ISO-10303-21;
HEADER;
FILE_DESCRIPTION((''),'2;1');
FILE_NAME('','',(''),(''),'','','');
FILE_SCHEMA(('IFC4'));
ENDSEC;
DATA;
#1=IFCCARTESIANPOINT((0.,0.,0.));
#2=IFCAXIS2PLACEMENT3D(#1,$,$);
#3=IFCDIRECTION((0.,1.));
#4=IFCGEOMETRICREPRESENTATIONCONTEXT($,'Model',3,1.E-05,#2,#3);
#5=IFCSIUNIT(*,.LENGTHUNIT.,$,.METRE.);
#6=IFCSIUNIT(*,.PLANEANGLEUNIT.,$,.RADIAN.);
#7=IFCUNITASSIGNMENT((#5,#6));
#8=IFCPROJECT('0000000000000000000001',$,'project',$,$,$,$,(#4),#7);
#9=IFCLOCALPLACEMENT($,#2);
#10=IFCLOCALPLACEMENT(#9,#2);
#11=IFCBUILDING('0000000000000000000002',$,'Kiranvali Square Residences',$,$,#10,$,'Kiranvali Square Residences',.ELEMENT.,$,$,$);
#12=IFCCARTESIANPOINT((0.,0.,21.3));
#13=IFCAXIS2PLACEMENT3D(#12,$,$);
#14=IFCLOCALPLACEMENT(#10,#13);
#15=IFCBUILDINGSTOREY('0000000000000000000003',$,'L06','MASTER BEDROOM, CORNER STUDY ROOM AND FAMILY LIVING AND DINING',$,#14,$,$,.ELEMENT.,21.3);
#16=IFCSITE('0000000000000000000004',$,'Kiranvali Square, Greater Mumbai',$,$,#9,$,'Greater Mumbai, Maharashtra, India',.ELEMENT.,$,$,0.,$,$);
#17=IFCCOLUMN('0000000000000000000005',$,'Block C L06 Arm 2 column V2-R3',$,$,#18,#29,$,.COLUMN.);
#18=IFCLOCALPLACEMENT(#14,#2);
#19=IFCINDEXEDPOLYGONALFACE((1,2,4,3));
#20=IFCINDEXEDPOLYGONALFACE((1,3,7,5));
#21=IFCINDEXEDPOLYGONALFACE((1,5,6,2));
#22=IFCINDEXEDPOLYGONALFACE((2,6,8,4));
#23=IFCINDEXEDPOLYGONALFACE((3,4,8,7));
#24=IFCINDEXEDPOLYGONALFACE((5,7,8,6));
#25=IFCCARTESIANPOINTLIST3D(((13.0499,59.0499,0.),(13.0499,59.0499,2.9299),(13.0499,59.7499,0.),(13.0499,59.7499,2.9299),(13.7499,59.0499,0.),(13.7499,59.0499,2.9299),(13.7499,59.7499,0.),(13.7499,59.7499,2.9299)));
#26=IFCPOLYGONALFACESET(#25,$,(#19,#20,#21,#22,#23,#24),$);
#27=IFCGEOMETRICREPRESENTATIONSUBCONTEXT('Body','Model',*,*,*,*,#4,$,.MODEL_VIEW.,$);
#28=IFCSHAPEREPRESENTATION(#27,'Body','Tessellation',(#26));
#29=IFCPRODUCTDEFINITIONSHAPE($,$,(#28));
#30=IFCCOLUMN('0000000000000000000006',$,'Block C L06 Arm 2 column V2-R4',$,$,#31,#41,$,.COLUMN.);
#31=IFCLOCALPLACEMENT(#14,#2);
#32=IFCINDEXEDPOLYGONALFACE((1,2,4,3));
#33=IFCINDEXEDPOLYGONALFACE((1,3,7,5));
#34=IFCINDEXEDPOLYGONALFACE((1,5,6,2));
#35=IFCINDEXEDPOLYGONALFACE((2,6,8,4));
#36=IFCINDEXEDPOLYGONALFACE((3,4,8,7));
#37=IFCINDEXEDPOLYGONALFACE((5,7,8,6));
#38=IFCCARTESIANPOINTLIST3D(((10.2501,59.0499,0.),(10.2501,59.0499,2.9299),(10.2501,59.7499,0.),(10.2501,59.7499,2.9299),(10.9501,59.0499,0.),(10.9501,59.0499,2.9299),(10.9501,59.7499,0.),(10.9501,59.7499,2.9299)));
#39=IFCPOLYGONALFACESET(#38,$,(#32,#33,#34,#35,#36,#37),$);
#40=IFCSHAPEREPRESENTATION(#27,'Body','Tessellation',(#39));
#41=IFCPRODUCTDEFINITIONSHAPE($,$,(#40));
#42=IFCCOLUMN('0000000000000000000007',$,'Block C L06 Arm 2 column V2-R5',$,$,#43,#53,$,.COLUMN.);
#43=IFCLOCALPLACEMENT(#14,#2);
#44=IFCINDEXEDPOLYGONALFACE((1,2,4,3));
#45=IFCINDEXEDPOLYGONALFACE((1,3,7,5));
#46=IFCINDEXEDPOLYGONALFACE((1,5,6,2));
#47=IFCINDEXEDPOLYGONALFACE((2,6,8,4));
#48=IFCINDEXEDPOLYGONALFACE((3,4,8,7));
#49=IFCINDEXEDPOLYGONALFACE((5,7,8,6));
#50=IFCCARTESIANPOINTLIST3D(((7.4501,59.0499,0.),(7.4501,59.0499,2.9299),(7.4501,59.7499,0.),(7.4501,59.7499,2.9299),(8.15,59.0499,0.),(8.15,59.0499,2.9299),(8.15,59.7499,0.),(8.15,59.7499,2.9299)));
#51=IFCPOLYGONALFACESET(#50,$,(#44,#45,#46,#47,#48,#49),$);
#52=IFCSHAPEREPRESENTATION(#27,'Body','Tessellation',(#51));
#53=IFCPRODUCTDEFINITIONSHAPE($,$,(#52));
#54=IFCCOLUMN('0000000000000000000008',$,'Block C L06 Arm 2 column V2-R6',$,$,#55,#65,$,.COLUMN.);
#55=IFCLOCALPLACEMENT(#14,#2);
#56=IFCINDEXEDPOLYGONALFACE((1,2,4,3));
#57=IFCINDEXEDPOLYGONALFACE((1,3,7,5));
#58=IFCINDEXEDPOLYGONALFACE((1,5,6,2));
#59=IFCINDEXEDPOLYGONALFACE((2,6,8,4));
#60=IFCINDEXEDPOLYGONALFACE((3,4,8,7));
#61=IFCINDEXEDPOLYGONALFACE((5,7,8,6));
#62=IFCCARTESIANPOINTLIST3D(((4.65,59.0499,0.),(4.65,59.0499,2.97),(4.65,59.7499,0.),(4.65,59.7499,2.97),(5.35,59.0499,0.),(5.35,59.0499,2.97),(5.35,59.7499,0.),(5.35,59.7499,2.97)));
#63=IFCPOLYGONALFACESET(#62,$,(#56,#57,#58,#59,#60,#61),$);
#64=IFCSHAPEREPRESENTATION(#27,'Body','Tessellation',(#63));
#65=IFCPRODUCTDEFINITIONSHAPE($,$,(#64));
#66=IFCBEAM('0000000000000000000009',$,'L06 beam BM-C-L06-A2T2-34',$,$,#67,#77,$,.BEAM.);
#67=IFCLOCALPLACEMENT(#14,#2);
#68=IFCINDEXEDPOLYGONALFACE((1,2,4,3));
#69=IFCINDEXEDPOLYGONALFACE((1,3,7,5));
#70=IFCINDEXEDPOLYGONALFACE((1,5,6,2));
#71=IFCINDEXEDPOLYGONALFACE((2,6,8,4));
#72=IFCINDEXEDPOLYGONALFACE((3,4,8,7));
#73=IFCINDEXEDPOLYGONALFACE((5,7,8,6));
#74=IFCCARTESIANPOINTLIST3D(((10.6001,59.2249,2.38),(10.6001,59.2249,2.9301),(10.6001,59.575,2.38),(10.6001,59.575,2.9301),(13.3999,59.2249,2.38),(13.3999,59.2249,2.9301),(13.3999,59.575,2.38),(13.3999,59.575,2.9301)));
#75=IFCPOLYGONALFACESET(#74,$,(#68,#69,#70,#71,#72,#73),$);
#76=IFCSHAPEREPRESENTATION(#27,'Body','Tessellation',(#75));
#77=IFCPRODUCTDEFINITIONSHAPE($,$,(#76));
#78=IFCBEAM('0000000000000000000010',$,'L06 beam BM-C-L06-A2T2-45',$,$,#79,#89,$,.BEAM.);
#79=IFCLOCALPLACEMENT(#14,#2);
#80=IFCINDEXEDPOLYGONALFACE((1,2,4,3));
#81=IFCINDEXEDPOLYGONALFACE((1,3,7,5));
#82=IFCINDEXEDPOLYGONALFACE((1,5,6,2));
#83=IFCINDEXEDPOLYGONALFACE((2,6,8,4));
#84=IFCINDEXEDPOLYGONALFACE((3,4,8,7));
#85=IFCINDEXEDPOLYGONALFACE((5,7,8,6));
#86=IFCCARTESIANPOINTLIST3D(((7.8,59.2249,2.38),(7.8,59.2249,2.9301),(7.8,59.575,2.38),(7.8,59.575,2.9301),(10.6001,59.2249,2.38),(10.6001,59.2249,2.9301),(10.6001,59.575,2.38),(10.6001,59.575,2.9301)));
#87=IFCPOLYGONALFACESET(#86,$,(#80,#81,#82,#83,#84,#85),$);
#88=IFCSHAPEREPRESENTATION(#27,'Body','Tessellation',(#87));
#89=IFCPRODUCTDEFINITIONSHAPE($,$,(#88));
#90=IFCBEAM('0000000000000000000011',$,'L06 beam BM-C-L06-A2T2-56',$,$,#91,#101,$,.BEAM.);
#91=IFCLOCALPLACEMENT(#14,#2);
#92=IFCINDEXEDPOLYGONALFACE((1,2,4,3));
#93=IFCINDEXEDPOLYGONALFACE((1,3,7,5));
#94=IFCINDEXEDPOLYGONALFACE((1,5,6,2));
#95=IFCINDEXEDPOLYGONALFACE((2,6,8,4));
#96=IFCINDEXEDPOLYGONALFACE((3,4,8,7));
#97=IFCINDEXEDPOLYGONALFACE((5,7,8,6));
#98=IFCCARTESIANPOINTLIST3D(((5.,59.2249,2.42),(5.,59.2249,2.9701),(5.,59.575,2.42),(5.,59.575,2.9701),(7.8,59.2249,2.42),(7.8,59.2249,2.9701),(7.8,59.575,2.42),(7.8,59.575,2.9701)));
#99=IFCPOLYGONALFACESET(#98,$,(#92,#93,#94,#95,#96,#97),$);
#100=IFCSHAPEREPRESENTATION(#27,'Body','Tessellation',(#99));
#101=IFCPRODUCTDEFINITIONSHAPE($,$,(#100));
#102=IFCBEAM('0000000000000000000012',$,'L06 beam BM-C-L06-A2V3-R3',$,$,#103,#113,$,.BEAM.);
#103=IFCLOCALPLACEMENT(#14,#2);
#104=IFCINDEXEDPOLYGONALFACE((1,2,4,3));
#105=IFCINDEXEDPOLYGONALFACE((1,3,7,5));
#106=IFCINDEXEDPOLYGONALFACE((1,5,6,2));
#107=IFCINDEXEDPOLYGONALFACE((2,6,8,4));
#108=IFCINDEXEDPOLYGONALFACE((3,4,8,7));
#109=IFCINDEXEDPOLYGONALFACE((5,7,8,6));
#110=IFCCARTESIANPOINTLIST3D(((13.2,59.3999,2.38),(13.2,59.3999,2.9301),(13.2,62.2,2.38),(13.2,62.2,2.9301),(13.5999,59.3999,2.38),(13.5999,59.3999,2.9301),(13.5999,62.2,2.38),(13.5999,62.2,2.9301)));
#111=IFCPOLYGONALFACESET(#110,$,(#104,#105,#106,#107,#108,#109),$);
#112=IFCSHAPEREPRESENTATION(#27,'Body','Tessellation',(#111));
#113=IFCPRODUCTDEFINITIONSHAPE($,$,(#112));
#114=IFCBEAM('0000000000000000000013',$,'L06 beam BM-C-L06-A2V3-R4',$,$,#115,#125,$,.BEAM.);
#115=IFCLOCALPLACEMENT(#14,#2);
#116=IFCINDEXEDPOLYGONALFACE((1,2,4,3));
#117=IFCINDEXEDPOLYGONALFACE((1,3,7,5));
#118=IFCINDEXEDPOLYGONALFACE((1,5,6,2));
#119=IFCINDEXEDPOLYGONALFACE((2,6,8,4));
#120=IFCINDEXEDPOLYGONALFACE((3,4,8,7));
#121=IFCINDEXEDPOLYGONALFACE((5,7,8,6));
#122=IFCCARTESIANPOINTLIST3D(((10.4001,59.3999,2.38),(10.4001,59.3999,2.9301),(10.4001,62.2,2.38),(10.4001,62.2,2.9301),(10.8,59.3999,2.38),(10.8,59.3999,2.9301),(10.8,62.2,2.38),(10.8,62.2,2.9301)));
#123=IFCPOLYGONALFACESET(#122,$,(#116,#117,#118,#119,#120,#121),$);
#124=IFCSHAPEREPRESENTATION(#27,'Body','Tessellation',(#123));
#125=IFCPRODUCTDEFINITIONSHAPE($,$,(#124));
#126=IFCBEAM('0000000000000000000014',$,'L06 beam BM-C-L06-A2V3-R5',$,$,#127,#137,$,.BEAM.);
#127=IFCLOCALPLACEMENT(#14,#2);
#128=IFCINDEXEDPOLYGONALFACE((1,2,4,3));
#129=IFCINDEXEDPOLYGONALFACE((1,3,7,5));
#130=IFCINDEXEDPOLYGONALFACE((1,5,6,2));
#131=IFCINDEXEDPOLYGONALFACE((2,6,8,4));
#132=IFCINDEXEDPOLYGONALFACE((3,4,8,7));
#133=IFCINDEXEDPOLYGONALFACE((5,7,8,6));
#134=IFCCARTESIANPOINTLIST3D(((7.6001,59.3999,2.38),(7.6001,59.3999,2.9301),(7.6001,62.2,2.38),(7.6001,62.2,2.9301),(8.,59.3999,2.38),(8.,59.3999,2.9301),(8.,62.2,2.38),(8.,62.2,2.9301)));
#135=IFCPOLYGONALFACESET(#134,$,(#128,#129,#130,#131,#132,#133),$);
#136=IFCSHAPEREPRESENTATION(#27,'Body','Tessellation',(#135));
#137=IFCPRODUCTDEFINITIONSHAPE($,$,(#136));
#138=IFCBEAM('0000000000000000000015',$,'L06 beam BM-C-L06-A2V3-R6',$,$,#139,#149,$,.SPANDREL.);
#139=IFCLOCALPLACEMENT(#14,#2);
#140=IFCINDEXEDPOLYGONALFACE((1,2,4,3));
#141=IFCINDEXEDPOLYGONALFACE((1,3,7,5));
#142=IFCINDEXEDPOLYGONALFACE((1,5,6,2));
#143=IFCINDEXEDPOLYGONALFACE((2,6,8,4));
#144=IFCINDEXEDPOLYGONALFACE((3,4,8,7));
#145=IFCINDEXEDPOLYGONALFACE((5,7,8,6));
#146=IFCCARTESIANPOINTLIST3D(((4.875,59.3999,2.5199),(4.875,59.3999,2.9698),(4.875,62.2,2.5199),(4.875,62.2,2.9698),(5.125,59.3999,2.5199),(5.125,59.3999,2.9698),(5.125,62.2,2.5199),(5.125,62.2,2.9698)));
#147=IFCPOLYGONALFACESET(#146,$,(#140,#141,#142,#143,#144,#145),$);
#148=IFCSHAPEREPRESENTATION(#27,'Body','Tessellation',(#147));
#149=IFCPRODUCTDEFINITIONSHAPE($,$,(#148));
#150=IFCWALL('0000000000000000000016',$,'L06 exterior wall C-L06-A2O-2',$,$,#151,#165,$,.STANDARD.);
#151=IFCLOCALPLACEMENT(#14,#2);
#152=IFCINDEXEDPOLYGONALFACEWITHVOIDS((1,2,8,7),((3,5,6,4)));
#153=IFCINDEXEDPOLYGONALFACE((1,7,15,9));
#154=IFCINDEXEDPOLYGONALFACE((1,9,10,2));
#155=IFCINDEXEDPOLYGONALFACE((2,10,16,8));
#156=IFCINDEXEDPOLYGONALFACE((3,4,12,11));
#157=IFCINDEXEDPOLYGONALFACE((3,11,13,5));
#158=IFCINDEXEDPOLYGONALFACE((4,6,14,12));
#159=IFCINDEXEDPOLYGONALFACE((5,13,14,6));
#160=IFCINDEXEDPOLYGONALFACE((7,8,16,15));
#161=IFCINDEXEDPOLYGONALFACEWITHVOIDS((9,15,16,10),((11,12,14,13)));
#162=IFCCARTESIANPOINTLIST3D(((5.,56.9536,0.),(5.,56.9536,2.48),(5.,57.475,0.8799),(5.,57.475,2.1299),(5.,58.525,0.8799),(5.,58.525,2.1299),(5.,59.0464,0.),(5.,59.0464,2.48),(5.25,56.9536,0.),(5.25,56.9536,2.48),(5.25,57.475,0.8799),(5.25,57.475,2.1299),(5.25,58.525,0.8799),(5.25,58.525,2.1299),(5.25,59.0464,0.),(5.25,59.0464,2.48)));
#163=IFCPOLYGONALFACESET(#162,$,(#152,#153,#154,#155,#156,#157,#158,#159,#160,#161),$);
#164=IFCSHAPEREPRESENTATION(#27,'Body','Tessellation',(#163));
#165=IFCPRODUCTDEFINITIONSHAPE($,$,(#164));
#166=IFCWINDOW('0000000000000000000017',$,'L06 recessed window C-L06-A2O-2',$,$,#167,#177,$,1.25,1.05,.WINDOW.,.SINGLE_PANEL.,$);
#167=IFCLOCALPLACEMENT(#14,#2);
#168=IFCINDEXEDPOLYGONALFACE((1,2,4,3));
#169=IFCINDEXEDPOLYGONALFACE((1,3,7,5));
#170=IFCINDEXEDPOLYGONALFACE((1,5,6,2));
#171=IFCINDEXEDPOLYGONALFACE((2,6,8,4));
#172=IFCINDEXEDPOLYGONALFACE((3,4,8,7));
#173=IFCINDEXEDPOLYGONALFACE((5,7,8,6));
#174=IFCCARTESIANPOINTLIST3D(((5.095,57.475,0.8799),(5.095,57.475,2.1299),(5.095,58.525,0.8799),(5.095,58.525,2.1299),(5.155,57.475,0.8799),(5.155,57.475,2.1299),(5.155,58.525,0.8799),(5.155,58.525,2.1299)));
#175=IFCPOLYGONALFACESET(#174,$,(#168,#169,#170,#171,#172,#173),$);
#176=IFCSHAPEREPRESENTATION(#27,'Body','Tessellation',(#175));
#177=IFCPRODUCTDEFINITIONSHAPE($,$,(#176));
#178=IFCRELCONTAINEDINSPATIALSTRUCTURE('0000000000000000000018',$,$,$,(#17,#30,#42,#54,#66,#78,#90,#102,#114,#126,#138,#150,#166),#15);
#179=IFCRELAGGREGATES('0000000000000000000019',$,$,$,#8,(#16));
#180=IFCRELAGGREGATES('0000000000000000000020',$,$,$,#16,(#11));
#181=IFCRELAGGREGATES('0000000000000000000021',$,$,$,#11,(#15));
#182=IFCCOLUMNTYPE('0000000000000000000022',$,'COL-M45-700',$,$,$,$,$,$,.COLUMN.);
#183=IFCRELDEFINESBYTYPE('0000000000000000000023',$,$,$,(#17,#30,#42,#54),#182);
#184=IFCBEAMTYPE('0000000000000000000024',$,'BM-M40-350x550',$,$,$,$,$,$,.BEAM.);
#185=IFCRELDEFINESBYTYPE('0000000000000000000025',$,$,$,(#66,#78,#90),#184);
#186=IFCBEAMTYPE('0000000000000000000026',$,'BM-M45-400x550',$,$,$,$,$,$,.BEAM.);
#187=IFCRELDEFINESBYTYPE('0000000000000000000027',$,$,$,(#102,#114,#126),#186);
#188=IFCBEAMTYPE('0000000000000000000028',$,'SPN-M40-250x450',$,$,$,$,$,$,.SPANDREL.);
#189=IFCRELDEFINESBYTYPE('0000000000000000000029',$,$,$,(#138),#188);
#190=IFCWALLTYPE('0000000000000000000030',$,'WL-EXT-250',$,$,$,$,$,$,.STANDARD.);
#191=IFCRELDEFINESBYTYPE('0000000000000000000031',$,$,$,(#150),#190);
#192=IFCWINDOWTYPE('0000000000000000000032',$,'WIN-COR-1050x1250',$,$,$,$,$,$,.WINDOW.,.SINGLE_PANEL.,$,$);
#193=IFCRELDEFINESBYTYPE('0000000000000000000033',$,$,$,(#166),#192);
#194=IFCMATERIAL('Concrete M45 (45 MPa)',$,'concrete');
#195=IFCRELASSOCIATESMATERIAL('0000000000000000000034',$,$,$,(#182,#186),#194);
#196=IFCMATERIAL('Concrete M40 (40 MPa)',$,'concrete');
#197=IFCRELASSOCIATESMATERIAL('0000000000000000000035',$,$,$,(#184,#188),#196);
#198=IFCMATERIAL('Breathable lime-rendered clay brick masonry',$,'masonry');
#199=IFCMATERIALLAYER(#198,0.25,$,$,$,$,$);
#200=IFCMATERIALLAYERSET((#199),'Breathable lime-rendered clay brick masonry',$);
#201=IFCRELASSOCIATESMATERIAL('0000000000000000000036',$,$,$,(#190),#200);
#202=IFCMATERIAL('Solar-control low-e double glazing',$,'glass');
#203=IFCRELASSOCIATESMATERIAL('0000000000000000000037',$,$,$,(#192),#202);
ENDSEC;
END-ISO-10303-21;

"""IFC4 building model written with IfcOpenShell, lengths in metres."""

from ifc_helpers import new_model, si_unit, direction, frame, frame_2d, origin, origin_2d, place, context, subcontext, project, spatial, rectangle, extrude, material, layer, layer_set, material_profile, profile_set, type_object, element, fill, save


model = new_model("IFC4")

# Units and contexts
model_context = context("Model", 3, precision=1e-05, world=origin(), true_north=direction((0.0, 1.0)))
body_context = subcontext(model_context, "Body", "Model", "MODEL_VIEW")
ifc_project = project(units=[si_unit("LENGTHUNIT", "METRE"), si_unit("PLANEANGLEUNIT", "RADIAN")], contexts=[model_context])

# Site, building, storey
site_placement = place(None, origin())
site = spatial("IfcSite", under=ifc_project, at=site_placement, Name="Kiranvali Square, Greater Mumbai", LongName="Greater Mumbai, Maharashtra, India", CompositionType="ELEMENT", RefElevation=0.0)
building_placement = place(site_placement, origin())
building = spatial("IfcBuilding", under=site, at=building_placement, Name="Kiranvali Square Residences", LongName="Kiranvali Square Residences", CompositionType="ELEMENT")
storey_placement = place(building_placement, frame((0.0, 0.0, 21.3)))
storey = spatial("IfcBuildingStorey", under=building, at=storey_placement, Name="L06", Description="MASTER BEDROOM, CORNER STUDY ROOM AND FAMILY LIVING AND DINING", CompositionType="ELEMENT", Elevation=21.3)

# Columns
ifc_material_1 = material(Name="Concrete M45 (45 MPa)", Category="concrete")
ifc_material_profile_1 = material_profile(ifc_material_1, rectangle(XDim=0.7, YDim=0.7, at=origin_2d()), Name="RC 700x700")
ifc_profile_set_1 = profile_set([ifc_material_profile_1], Name="Concrete M45 (45 MPa)")
column_type = type_object("IfcColumnType", Name="COL-M45-700", PredefinedType="COLUMN", material=ifc_profile_set_1)
for number, where, z_axis, x_axis, name in (
    (1, (13.3999, 59.3999, 0.0), (0.0, 0.0, 1.0), (1.0, 0.0, 0.0), "Block C L06 Arm 2 column V2-R3"),
    (2, (10.6001, 59.3999, 0.0), (0.0, 0.0, 1.0), (1.0, 0.0, 0.0), "Block C L06 Arm 2 column V2-R4"),
    (3, (7.8, 59.3999, 0.0), (0.0, 0.0, 1.0), (1.0, 0.0, 0.0), "Block C L06 Arm 2 column V2-R5"),
):
    element("IfcColumn", number, at=place(storey_placement, frame(where, z_axis=z_axis, x_axis=x_axis)), inside=storey, type_object=column_type, Name=name, PredefinedType="COLUMN", context=body_context, shape_type="SweptSolid", body=[
        extrude(rectangle(XDim=0.7, YDim=0.7, at=origin_2d()), origin(), (0.0, 0.0, 1.0), 2.9299),
    ])
column_placement = place(storey_placement, frame((5.0, 59.3999, 0.0), z_axis=(0.0, 0.0, 1.0), x_axis=(1.0, 0.0, 0.0)))
element("IfcColumn", 4, at=column_placement, inside=storey, type_object=column_type, Name="Block C L06 Arm 2 column V2-R6", PredefinedType="COLUMN", context=body_context, shape_type="SweptSolid", body=[
    extrude(rectangle(XDim=0.7, YDim=0.7, at=origin_2d()), origin(), (0.0, 0.0, 1.0), 2.97),
])

# Beams
ifc_material_2 = material(Name="Concrete M40 (40 MPa)", Category="concrete")
ifc_material_profile_2 = material_profile(ifc_material_2, rectangle(XDim=0.3501, YDim=0.55, at=origin_2d()), Name="RC 350x550")
ifc_profile_set_2 = profile_set([ifc_material_profile_2], Name="Concrete M40 (40 MPa)")
beam_type_1 = type_object("IfcBeamType", Name="BM-M40-350x550", PredefinedType="BEAM", material=ifc_profile_set_2)
beam_1_placement = place(storey_placement, frame((13.3999, 59.3999, 2.655), z_axis=(-1.0, 0.0, 0.0), x_axis=(0.0, -1.0, 0.0)))
element("IfcBeam", 5, at=beam_1_placement, inside=storey, type_object=beam_type_1, Name="L06 beam BM-C-L06-A2T2-34", PredefinedType="BEAM", context=body_context, shape_type="SweptSolid", body=[
    extrude(rectangle(XDim=0.3501, YDim=0.55, at=origin_2d()), origin(), (0.0, 0.0, 1.0), 2.7998),
])
for number, where, z_axis, x_axis, name in (
    (6, (10.6001, 59.3999, 2.655), (-1.0, 0.0, 0.0), (0.0, -1.0, 0.0), "L06 beam BM-C-L06-A2T2-45"),
    (7, (7.8, 59.3999, 2.6951), (-1.0, 0.0, 0.0), (0.0, -1.0, 0.0), "L06 beam BM-C-L06-A2T2-56"),
):
    element("IfcBeam", number, at=place(storey_placement, frame(where, z_axis=z_axis, x_axis=x_axis)), inside=storey, type_object=beam_type_1, Name=name, PredefinedType="BEAM", context=body_context, shape_type="SweptSolid", body=[
        extrude(rectangle(XDim=0.3501, YDim=0.55, at=origin_2d()), origin(), (0.0, 0.0, 1.0), 2.8),
    ])
ifc_material_profile_3 = material_profile(ifc_material_1, rectangle(XDim=0.3999, YDim=0.55, at=origin_2d()), Name="RC 400x550")
ifc_profile_set_3 = profile_set([ifc_material_profile_3], Name="Concrete M45 (45 MPa)")
beam_type_2 = type_object("IfcBeamType", Name="BM-M45-400x550", PredefinedType="BEAM", material=ifc_profile_set_3)
for number, where, z_axis, x_axis, name in (
    (8, (13.3999, 59.3999, 2.655), (0.0, 1.0, 0.0), (-1.0, 0.0, 0.0), "L06 beam BM-C-L06-A2V3-R3"),
    (9, (10.6001, 59.3999, 2.655), (0.0, 1.0, 0.0), (-1.0, 0.0, 0.0), "L06 beam BM-C-L06-A2V3-R4"),
    (10, (7.8, 59.3999, 2.655), (0.0, 1.0, 0.0), (-1.0, 0.0, 0.0), "L06 beam BM-C-L06-A2V3-R5"),
):
    element("IfcBeam", number, at=place(storey_placement, frame(where, z_axis=z_axis, x_axis=x_axis)), inside=storey, type_object=beam_type_2, Name=name, PredefinedType="BEAM", context=body_context, shape_type="SweptSolid", body=[
        extrude(rectangle(XDim=0.3999, YDim=0.55, at=origin_2d()), origin(), (0.0, 0.0, 1.0), 2.8),
    ])
ifc_material_profile_4 = material_profile(ifc_material_2, rectangle(XDim=0.25, YDim=0.45, at=origin_2d()), Name="RC 250x450")
ifc_profile_set_4 = profile_set([ifc_material_profile_4], Name="Concrete M40 (40 MPa)")
beam_type_3 = type_object("IfcBeamType", Name="SPN-M40-250x450", PredefinedType="SPANDREL", material=ifc_profile_set_4)
beam_2_placement = place(storey_placement, frame((5.0, 59.3999, 2.7449), z_axis=(0.0, 1.0, 0.0), x_axis=(-1.0, 0.0, 0.0)))
element("IfcBeam", 11, at=beam_2_placement, inside=storey, type_object=beam_type_3, Name="L06 beam BM-C-L06-A2V3-R6", PredefinedType="SPANDREL", context=body_context, shape_type="SweptSolid", body=[
    extrude(rectangle(XDim=0.25, YDim=0.45, at=origin_2d()), origin(), (0.0, 0.0, 1.0), 2.8),
])

# Wall, opening, window
ifc_material_3 = material(Name="Breathable lime-rendered clay brick masonry", Category="masonry")
ifc_layer_1 = layer(ifc_material_3, 0.25)
ifc_layer_set_1 = layer_set([ifc_layer_1], Name="Breathable lime-rendered clay brick masonry")
wall_type_1 = type_object("IfcWallType", Name="WL-EXT-250", PredefinedType="STANDARD", material=ifc_layer_set_1)
wall_1_placement = place(storey_placement, frame((5.125, 56.9536, 0.0), z_axis=(0.0, 0.0, 1.0), x_axis=(0.0, 1.0, 0.0)))
wall_1 = element("IfcWall", 12, at=wall_1_placement, inside=storey, type_object=wall_type_1, Name="L06 exterior wall C-L06-A2O-2", PredefinedType="STANDARD", context=body_context, shape_type="SweptSolid", body=[
    extrude(rectangle(XDim=2.0928, YDim=0.25, at=frame_2d((1.0464, 0.0))), origin(), (0.0, 0.0, 1.0), 2.48),
])
opening_1_placement = place(wall_1_placement, frame((0.5215, 0.0, 0.8799)))
opening_1 = element("IfcOpeningElement", 13, at=opening_1_placement, cuts=wall_1, PredefinedType="OPENING", context=body_context, shape_type="SweptSolid", body=[
    extrude(rectangle(XDim=1.05, YDim=1.25, at=frame_2d((0.5249, 0.625))), frame((0.0, 0.135, 0.0), z_axis=(0.0, -1.0, 0.0), x_axis=(1.0, 0.0, 0.0)), (0.0, 0.0, 1.0), 0.27),
])
ifc_material_4 = material(Name="Solar-control low-e double glazing", Category="glass")
window_type_1 = type_object("IfcWindowType", Name="WIN-COR-1050x1250", PartitioningType="SINGLE_PANEL", PredefinedType="WINDOW", material=ifc_material_4)
window_1_placement = place(opening_1_placement, origin())
window_1 = element("IfcWindow", 14, at=window_1_placement, inside=storey, type_object=window_type_1, Name="L06 recessed window C-L06-A2O-2", OverallHeight=1.25, OverallWidth=1.05, PartitioningType="SINGLE_PANEL", PredefinedType="WINDOW", context=body_context, shape_type="SweptSolid", body=[
    extrude(rectangle(XDim=1.05, YDim=1.25, at=frame_2d((0.5249, 0.625))), frame((0.0, 0.03, 0.0), z_axis=(0.0, -1.0, 0.0), x_axis=(1.0, 0.0, 0.0)), (0.0, 0.0, 1.0), 0.0601),
])
fill(opening_1, window_1)

save(model, "model.ifc")
